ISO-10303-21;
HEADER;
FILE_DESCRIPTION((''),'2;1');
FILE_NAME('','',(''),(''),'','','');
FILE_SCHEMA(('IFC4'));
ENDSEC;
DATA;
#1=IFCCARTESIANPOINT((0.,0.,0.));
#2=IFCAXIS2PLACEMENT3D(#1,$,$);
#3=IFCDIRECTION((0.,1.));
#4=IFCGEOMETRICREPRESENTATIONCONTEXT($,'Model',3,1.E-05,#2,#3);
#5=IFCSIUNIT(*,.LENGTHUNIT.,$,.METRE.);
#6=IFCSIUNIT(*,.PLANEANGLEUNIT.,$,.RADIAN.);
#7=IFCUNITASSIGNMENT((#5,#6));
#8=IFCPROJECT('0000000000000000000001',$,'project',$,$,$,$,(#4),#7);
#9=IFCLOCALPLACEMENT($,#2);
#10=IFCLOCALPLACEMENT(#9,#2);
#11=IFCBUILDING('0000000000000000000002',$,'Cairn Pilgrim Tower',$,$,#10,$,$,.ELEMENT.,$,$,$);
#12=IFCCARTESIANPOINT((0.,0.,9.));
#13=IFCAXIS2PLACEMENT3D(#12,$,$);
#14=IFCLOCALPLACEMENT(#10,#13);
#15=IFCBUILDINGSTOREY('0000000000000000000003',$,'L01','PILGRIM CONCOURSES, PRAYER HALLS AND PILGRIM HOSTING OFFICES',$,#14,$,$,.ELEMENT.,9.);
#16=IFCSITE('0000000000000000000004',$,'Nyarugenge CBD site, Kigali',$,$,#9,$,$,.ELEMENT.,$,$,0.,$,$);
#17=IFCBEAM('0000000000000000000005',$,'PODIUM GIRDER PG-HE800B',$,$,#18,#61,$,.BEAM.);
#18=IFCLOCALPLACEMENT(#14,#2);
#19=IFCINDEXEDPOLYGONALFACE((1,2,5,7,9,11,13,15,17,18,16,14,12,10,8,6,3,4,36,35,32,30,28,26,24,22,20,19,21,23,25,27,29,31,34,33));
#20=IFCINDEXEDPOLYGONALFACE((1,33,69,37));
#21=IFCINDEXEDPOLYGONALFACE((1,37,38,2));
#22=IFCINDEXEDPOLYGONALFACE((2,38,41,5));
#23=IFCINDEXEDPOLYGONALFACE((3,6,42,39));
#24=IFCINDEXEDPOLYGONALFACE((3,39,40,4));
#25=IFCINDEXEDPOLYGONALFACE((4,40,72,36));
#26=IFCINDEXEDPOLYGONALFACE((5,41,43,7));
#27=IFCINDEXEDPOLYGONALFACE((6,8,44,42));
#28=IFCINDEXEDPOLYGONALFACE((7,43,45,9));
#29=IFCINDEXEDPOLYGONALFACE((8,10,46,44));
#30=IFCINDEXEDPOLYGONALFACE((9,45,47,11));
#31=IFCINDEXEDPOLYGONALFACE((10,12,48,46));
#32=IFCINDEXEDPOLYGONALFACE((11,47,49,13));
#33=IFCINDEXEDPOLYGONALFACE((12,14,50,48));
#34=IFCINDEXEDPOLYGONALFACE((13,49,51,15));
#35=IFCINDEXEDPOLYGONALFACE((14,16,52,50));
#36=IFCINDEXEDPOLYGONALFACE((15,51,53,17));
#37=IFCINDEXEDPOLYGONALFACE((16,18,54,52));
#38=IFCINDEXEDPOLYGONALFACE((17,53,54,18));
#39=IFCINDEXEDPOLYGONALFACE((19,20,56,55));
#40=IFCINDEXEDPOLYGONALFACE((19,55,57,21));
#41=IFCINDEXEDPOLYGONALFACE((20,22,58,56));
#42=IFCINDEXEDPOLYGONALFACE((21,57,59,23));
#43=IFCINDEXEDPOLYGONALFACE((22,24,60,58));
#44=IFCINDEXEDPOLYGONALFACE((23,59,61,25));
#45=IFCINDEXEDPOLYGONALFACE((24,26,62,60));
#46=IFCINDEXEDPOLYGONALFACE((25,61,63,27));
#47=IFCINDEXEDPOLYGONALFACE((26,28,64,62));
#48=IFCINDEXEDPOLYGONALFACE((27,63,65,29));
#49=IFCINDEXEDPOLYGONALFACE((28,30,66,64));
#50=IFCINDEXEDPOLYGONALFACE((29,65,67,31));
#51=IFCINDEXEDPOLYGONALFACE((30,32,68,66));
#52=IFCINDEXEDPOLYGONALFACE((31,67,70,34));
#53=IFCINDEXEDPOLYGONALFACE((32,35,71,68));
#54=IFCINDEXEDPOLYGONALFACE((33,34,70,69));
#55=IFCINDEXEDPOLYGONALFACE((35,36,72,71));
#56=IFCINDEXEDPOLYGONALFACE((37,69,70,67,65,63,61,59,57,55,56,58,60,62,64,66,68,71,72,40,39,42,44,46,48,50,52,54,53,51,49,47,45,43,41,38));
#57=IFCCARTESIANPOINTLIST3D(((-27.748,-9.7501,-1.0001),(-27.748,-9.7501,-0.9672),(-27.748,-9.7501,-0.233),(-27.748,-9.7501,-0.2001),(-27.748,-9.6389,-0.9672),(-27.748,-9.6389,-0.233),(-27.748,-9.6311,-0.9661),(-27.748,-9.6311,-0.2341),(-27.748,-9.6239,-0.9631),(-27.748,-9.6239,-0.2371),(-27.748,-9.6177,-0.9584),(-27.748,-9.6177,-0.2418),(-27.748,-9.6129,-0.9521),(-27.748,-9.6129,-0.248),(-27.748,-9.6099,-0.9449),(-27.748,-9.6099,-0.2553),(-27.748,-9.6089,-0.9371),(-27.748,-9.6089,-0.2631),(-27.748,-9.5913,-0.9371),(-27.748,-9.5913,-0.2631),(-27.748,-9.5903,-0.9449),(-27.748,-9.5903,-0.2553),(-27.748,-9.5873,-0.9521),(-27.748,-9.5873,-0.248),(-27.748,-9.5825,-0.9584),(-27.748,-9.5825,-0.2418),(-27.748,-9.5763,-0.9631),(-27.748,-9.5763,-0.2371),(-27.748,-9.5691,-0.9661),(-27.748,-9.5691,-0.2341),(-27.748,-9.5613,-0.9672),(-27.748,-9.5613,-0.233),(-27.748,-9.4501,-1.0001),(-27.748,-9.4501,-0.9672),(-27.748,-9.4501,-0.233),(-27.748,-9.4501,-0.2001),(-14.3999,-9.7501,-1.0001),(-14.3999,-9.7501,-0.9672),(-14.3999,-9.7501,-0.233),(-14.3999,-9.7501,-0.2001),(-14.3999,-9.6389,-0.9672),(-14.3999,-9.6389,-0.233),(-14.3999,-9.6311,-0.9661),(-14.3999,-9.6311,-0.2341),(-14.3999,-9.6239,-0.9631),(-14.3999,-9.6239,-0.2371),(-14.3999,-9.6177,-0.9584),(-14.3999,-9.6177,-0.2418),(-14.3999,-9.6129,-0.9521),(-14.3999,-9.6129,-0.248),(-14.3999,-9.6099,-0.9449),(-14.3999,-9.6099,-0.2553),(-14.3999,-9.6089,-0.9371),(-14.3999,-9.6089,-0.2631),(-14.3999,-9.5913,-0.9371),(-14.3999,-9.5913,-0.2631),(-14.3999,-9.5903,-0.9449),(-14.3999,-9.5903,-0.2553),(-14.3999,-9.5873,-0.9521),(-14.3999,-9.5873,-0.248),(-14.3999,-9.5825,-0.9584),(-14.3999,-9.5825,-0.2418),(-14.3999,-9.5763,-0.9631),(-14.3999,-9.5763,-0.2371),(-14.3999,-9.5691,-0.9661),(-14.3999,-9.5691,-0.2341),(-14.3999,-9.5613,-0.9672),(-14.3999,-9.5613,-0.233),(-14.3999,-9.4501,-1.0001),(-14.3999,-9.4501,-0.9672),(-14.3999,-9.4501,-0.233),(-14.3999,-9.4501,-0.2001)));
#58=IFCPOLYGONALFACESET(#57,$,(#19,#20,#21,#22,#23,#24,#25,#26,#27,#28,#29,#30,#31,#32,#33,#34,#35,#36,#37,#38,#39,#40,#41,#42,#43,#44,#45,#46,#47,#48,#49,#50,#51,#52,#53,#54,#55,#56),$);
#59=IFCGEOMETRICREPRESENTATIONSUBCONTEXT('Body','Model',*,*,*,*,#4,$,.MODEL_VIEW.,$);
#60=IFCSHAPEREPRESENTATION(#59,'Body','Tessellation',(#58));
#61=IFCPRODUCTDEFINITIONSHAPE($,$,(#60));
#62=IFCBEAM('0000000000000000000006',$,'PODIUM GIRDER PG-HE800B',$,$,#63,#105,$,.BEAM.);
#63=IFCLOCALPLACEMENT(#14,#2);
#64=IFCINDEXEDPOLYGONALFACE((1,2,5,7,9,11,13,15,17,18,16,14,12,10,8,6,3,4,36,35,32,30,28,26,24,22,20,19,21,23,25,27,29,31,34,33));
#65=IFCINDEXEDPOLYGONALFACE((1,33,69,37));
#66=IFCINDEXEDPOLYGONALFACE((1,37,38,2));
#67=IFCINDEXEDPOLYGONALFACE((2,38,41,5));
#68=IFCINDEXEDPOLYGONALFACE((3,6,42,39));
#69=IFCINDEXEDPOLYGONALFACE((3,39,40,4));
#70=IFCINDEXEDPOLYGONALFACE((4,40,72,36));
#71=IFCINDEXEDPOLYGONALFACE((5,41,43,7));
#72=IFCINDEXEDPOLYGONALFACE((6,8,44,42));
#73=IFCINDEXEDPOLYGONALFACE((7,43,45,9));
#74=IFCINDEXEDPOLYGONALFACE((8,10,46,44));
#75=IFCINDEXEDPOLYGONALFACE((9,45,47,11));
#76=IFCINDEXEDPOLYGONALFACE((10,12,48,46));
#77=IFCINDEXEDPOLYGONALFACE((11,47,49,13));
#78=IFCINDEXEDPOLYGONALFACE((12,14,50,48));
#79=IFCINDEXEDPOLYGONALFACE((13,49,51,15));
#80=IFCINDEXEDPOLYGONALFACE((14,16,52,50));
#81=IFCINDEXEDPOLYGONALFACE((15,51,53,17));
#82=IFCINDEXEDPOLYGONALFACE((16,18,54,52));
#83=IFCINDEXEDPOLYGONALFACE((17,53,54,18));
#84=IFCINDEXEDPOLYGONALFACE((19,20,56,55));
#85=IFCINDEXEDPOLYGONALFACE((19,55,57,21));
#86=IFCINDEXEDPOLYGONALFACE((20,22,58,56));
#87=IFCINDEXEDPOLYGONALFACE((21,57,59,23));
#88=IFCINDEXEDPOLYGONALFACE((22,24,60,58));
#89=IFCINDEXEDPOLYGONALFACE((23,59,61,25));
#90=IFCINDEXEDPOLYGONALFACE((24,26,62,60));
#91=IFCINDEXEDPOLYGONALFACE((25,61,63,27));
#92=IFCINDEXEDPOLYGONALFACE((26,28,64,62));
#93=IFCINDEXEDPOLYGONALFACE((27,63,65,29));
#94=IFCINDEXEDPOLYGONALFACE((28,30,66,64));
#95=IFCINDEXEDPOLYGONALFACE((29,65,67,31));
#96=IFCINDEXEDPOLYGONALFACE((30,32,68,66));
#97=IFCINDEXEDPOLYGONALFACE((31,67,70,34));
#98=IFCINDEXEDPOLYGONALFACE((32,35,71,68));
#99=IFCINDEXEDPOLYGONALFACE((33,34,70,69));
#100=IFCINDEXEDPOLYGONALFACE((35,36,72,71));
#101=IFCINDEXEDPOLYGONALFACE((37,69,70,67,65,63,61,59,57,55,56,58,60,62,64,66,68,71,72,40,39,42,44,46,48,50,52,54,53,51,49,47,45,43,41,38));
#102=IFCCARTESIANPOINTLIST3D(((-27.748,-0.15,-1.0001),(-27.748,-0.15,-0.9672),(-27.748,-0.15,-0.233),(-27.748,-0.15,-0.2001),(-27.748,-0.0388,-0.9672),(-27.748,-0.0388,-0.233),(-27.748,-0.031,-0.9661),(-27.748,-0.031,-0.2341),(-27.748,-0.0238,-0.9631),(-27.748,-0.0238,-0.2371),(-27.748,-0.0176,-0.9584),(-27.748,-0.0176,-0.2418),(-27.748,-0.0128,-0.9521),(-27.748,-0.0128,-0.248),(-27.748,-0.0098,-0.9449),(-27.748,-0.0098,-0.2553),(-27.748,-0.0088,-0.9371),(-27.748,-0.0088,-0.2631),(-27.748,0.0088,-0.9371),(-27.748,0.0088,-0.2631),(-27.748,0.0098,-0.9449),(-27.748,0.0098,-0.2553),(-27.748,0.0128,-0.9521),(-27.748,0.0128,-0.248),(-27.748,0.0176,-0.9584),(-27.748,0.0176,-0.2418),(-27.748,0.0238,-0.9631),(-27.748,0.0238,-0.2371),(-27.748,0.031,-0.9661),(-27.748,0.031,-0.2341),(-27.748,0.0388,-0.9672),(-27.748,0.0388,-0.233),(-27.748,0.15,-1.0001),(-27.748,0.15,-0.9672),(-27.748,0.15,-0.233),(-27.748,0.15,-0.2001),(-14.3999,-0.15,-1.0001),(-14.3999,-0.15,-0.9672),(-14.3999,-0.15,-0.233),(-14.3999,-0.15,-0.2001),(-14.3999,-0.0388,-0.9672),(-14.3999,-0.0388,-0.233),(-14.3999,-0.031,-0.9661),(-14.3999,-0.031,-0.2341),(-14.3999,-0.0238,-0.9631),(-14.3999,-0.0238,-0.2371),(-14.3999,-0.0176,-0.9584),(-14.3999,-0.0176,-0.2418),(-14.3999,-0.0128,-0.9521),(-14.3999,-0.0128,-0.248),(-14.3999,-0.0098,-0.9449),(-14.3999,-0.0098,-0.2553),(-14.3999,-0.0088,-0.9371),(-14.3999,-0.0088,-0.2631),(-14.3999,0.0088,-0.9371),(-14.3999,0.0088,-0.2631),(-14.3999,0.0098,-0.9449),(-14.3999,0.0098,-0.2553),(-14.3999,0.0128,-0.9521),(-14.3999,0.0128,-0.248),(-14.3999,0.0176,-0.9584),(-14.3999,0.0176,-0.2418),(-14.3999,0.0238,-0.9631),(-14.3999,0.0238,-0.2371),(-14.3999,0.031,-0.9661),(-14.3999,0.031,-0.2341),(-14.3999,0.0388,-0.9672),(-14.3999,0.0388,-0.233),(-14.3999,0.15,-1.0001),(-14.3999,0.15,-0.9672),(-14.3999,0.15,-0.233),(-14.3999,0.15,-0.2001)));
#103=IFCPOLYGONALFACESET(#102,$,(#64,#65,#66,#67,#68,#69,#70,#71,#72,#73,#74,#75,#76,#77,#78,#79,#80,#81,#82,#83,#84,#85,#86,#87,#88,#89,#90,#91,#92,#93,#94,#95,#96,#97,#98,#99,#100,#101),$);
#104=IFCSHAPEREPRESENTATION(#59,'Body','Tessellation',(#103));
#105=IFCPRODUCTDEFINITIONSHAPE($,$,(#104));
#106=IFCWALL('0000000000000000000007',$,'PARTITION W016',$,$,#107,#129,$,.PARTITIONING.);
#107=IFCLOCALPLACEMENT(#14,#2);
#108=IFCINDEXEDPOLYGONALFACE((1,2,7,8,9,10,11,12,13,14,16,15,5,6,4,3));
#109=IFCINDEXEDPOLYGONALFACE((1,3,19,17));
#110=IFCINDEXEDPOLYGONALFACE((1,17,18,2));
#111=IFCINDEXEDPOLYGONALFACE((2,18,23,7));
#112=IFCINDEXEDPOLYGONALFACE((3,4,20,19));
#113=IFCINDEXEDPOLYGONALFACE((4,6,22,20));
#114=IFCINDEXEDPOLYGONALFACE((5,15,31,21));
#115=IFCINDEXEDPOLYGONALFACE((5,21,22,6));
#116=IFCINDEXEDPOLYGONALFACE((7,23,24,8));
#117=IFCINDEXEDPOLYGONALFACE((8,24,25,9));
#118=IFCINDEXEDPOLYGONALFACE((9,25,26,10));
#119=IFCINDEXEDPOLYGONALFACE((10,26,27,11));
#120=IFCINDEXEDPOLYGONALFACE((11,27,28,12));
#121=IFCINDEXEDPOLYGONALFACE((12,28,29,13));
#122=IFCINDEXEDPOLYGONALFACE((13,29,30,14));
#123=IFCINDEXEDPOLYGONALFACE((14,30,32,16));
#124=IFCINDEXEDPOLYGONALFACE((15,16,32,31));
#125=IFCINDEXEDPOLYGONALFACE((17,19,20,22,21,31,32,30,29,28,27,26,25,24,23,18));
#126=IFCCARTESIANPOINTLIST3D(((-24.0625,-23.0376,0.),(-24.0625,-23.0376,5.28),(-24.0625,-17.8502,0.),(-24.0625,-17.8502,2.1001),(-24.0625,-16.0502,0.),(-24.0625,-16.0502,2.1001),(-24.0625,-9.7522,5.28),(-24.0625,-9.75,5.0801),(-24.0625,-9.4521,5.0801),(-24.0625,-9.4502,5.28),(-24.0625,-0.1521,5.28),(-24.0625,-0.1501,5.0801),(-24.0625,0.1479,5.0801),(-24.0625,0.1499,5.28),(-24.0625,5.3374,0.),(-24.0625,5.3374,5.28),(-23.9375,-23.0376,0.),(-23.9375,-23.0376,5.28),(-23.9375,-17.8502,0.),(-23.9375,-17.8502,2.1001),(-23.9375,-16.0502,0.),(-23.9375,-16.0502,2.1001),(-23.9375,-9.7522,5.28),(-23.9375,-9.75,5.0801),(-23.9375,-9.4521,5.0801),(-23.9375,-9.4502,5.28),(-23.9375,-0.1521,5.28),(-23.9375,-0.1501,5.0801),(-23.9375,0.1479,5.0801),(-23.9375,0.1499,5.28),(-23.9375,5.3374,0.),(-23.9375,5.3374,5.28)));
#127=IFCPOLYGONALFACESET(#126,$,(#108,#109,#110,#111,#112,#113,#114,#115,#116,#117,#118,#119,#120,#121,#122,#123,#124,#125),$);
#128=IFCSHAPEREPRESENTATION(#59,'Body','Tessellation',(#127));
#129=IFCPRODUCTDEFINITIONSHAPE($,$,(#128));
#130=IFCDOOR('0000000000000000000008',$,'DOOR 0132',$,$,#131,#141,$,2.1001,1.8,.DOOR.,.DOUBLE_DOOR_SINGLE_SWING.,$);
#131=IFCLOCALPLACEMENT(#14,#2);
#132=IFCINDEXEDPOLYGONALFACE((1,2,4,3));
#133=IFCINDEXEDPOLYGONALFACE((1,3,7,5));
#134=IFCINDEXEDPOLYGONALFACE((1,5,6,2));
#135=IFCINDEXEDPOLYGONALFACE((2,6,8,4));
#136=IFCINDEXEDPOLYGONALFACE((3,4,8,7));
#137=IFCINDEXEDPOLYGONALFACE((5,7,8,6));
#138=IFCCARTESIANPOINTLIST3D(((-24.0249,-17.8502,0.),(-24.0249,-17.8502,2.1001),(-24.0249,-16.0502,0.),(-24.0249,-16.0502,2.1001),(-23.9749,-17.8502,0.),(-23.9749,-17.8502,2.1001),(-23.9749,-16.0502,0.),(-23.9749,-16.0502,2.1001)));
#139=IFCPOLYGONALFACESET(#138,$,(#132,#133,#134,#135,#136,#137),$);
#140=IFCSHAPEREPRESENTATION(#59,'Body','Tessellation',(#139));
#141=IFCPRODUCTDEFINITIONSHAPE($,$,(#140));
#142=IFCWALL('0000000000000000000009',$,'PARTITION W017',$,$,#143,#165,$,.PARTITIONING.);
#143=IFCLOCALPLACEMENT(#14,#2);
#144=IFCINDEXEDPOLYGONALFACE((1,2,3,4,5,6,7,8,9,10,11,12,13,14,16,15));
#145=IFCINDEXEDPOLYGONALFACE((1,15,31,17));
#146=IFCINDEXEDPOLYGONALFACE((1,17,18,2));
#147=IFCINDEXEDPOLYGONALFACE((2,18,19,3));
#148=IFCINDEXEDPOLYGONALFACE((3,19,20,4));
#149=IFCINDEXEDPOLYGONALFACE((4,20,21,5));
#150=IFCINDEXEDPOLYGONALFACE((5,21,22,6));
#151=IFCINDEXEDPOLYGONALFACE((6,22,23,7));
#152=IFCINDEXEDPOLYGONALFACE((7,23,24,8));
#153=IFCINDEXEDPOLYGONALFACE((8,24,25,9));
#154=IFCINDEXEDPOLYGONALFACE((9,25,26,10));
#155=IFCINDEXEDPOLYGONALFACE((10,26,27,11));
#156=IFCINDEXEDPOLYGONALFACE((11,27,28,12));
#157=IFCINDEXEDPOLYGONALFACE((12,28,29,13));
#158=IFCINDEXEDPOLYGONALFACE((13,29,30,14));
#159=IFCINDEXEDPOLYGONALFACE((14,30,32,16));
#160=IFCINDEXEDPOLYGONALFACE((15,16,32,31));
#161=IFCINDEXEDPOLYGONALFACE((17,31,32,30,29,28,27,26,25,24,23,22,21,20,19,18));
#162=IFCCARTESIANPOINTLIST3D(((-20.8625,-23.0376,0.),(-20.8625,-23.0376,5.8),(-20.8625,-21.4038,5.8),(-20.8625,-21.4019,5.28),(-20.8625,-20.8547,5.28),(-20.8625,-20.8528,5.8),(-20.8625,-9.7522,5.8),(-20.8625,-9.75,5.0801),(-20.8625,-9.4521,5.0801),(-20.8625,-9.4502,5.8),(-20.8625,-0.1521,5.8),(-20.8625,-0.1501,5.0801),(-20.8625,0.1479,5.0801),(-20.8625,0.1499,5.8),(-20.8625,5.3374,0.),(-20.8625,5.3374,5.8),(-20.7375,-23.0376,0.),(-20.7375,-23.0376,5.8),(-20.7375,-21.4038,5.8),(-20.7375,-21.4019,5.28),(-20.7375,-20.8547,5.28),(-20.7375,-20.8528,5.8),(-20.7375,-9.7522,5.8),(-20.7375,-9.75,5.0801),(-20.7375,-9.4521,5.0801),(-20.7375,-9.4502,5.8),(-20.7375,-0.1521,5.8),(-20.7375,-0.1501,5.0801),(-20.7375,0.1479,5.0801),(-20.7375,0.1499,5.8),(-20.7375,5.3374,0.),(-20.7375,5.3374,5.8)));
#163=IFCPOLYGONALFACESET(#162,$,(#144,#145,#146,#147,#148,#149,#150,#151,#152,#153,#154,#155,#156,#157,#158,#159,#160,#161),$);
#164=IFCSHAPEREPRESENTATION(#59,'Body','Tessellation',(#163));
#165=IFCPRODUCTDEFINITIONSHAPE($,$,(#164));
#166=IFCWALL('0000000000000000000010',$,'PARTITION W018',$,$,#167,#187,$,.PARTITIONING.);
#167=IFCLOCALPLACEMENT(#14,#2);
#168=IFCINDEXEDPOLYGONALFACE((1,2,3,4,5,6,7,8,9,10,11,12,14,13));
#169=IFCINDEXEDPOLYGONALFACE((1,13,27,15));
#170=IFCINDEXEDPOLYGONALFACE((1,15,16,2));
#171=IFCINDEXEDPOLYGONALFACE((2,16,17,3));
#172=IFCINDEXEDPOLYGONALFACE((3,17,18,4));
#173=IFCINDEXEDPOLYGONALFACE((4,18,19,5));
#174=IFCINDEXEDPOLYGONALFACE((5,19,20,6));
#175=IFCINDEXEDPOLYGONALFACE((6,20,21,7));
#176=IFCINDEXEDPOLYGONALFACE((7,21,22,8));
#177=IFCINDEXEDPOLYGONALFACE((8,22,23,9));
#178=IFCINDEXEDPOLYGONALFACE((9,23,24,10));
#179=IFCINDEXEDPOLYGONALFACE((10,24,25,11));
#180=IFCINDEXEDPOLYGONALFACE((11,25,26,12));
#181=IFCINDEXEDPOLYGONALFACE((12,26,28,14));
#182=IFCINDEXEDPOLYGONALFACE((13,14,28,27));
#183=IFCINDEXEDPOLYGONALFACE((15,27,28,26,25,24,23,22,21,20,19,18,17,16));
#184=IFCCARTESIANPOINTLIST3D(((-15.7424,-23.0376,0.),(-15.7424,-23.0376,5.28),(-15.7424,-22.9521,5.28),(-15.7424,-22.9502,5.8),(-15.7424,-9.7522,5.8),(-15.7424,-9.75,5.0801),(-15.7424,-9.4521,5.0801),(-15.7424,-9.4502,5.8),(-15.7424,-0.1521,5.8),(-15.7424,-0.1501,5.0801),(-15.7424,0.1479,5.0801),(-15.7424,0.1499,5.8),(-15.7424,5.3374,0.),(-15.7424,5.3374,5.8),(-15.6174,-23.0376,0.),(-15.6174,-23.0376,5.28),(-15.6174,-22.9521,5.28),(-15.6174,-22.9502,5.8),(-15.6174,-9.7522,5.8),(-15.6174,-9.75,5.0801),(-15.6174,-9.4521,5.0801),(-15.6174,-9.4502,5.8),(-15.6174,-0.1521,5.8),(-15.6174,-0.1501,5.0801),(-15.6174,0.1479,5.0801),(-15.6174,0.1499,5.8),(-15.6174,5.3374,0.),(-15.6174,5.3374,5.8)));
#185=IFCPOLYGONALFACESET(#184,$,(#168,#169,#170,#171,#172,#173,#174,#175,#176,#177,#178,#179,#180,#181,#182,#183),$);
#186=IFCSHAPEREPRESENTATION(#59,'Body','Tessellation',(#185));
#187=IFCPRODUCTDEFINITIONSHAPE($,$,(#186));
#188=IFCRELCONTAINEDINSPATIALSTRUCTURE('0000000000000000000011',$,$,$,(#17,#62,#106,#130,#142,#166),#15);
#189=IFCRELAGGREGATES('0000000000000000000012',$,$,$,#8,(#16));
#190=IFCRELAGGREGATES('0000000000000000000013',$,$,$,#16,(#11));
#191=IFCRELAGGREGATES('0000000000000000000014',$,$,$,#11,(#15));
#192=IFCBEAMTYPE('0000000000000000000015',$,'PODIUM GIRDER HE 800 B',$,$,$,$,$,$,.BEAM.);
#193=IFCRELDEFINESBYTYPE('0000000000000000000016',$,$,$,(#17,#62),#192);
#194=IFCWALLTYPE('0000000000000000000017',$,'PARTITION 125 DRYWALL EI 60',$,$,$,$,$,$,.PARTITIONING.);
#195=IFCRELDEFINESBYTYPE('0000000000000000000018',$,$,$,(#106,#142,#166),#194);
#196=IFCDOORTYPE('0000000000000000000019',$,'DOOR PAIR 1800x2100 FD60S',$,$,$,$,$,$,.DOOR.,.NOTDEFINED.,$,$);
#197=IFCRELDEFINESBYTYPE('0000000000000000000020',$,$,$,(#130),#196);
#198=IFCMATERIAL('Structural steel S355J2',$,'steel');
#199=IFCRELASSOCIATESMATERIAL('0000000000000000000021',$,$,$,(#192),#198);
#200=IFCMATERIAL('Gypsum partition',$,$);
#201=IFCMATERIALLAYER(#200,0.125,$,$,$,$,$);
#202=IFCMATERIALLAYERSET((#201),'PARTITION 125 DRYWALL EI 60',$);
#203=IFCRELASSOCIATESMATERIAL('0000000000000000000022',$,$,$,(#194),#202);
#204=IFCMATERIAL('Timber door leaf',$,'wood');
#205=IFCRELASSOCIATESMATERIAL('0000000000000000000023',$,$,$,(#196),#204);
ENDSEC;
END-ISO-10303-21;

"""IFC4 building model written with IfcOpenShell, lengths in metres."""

from ifc_helpers import new_model, si_unit, direction, frame, frame_2d, origin, origin_2d, place, context, subcontext, project, spatial, polyline, rectangle, i_section, outline, extrude, material, layer, layer_set, material_profile, profile_set, type_object, element, fill, save


model = new_model("IFC4")

# Units and contexts
model_context = context("Model", 3, precision=1e-05, world=origin(), true_north=direction((0.0, 1.0)))
body_context = subcontext(model_context, "Body", "Model", "MODEL_VIEW")
ifc_project = project(units=[si_unit("LENGTHUNIT", "METRE"), si_unit("PLANEANGLEUNIT", "RADIAN")], contexts=[model_context])

# Site, building, storey
site_placement = place(None, origin())
site = spatial("IfcSite", under=ifc_project, at=site_placement, Name="Nyarugenge CBD site, Kigali", CompositionType="ELEMENT", RefElevation=0.0)
building_placement = place(site_placement, origin())
building = spatial("IfcBuilding", under=site, at=building_placement, Name="Cairn Pilgrim Tower", CompositionType="ELEMENT")
storey_placement = place(building_placement, frame((0.0, 0.0, 9.0)))
storey = spatial("IfcBuildingStorey", under=building, at=storey_placement, Name="L01", Description="PILGRIM CONCOURSES, PRAYER HALLS AND PILGRIM HOSTING OFFICES", CompositionType="ELEMENT", Elevation=9.0)

# Beams
ifc_material_1 = material(Name="Structural steel S355J2", Category="steel")
ifc_material_profile_1 = material_profile(ifc_material_1, i_section(OverallWidth=0.3, OverallDepth=0.8, WebThickness=0.0176, FlangeThickness=0.033, FilletRadius=0.03, at=origin_2d()), Name="HEB 800")
ifc_profile_set_1 = profile_set([ifc_material_profile_1], Name="Structural steel S355J2")
beam_type_1 = type_object("IfcBeamType", Name="PODIUM GIRDER HE 800 B", PredefinedType="BEAM", material=ifc_profile_set_1)
for number, where, z_axis, x_axis, name in (
    (1, (-27.748, -9.6001, -0.6001), (1.0, 0.0, 0.0), (0.0, 1.0, 0.0), "PODIUM GIRDER PG-HE800B"),
    (2, (-27.748, 0.0, -0.6001), (1.0, 0.0, 0.0), (0.0, 1.0, 0.0), "PODIUM GIRDER PG-HE800B"),
):
    element("IfcBeam", number, at=place(storey_placement, frame(where, z_axis=z_axis, x_axis=x_axis)), inside=storey, type_object=beam_type_1, Name=name, PredefinedType="BEAM", context=body_context, shape_type="SweptSolid", body=[
        extrude(i_section(OverallWidth=0.3, OverallDepth=0.8, WebThickness=0.0176, FlangeThickness=0.033, FilletRadius=0.03, at=origin_2d()), origin(), (0.0, 0.0, 1.0), 13.3481),
    ])

# Wall, opening, door
ifc_material_2 = material(Name="Gypsum partition")
ifc_layer_1 = layer(ifc_material_2, 0.125)
ifc_layer_set_1 = layer_set([ifc_layer_1], Name="PARTITION 125 DRYWALL EI 60")
wall_type_1 = type_object("IfcWallType", Name="PARTITION 125 DRYWALL EI 60", PredefinedType="PARTITIONING", material=ifc_layer_set_1)
wall_1_placement = place(storey_placement, frame((-24.0, -23.0376, 0.0), z_axis=(0.0, 0.0, 1.0), x_axis=(0.0, 1.0, 0.0)))
wall_1 = element("IfcWall", 3, at=wall_1_placement, inside=storey, type_object=wall_type_1, Name="PARTITION W016", PredefinedType="PARTITIONING", context=body_context, shape_type="SweptSolid", body=[
    extrude(outline(polyline([(0.0, 0.0), (28.375, 0.0), (28.375, 5.28), (23.1875, 5.28), (23.1855, 5.0801), (22.8875, 5.0801), (22.8855, 5.28), (13.5874, 5.28), (13.5854, 5.0801), (13.2876, 5.0801), (13.2854, 5.28), (0.0, 5.28), (0.0, 0.0)])), frame((0.0, 0.0625, 0.0), z_axis=(0.0, -1.0, 0.0), x_axis=(1.0, 0.0, 0.0)), (0.0, 0.0, 1.0), 0.125),
])
opening_placement = place(wall_1_placement, frame((5.1875, 0.0, 0.0)))
opening = element("IfcOpeningElement", 4, at=opening_placement, cuts=wall_1, PredefinedType="OPENING", context=body_context, shape_type="SweptSolid", body=[
    extrude(rectangle(XDim=1.8, YDim=2.1001, at=frame_2d((0.8999, 1.05))), frame((0.0, 0.0725, 0.0), z_axis=(0.0, -1.0, 0.0), x_axis=(1.0, 0.0, 0.0)), (0.0, 0.0, 1.0), 0.145),
])
ifc_material_3 = material(Name="Timber door leaf", Category="wood")
door_type = type_object("IfcDoorType", Name="DOOR PAIR 1800x2100 FD60S", OperationType="NOTDEFINED", PredefinedType="DOOR", material=ifc_material_3)
door_placement = place(opening_placement, origin())
door = element("IfcDoor", 5, at=door_placement, inside=storey, type_object=door_type, Name="DOOR 0132", OperationType="DOUBLE_DOOR_SINGLE_SWING", OverallHeight=2.1001, OverallWidth=1.8, PredefinedType="DOOR", context=body_context, shape_type="SweptSolid", body=[
    extrude(rectangle(XDim=1.8, YDim=2.1001, at=frame_2d((0.8999, 1.05))), frame((0.0, 0.0249, 0.0), z_axis=(0.0, -1.0, 0.0), x_axis=(1.0, 0.0, 0.0)), (0.0, 0.0, 1.0), 0.05),
])
fill(opening, door)

# Walls
wall_2_placement = place(storey_placement, frame((-20.8, -23.0376, 0.0), z_axis=(0.0, 0.0, 1.0), x_axis=(0.0, 1.0, 0.0)))
element("IfcWall", 6, at=wall_2_placement, inside=storey, type_object=wall_type_1, Name="PARTITION W017", PredefinedType="PARTITIONING", context=body_context, shape_type="SweptSolid", body=[
    extrude(outline(polyline([(0.0, 0.0), (28.375, 0.0), (28.375, 5.8), (23.1875, 5.8), (23.1855, 5.0801), (22.8875, 5.0801), (22.8855, 5.8), (13.5874, 5.8), (13.5854, 5.0801), (13.2876, 5.0801), (13.2854, 5.8), (2.1848, 5.8), (2.1829, 5.28), (1.6357, 5.28), (1.6338, 5.8), (0.0, 5.8), (0.0, 0.0)])), frame((0.0, 0.0625, 0.0), z_axis=(0.0, -1.0, 0.0), x_axis=(1.0, 0.0, 0.0)), (0.0, 0.0, 1.0), 0.125),
])
wall_3_placement = place(storey_placement, frame((-15.6799, -23.0376, 0.0), z_axis=(0.0, 0.0, 1.0), x_axis=(0.0, 1.0, 0.0)))
element("IfcWall", 7, at=wall_3_placement, inside=storey, type_object=wall_type_1, Name="PARTITION W018", PredefinedType="PARTITIONING", context=body_context, shape_type="SweptSolid", body=[
    extrude(outline(polyline([(0.0, 0.0), (28.375, 0.0), (28.375, 5.8), (23.1875, 5.8), (23.1855, 5.0801), (22.8875, 5.0801), (22.8855, 5.8), (13.5874, 5.8), (13.5854, 5.0801), (13.2876, 5.0801), (13.2854, 5.8), (0.0874, 5.8), (0.0854, 5.28), (0.0, 5.28), (0.0, 0.0)])), frame((0.0, 0.0625, 0.0), z_axis=(0.0, -1.0, 0.0), x_axis=(1.0, 0.0, 0.0)), (0.0, 0.0, 1.0), 0.125),
])

save(model, "model.ifc")
